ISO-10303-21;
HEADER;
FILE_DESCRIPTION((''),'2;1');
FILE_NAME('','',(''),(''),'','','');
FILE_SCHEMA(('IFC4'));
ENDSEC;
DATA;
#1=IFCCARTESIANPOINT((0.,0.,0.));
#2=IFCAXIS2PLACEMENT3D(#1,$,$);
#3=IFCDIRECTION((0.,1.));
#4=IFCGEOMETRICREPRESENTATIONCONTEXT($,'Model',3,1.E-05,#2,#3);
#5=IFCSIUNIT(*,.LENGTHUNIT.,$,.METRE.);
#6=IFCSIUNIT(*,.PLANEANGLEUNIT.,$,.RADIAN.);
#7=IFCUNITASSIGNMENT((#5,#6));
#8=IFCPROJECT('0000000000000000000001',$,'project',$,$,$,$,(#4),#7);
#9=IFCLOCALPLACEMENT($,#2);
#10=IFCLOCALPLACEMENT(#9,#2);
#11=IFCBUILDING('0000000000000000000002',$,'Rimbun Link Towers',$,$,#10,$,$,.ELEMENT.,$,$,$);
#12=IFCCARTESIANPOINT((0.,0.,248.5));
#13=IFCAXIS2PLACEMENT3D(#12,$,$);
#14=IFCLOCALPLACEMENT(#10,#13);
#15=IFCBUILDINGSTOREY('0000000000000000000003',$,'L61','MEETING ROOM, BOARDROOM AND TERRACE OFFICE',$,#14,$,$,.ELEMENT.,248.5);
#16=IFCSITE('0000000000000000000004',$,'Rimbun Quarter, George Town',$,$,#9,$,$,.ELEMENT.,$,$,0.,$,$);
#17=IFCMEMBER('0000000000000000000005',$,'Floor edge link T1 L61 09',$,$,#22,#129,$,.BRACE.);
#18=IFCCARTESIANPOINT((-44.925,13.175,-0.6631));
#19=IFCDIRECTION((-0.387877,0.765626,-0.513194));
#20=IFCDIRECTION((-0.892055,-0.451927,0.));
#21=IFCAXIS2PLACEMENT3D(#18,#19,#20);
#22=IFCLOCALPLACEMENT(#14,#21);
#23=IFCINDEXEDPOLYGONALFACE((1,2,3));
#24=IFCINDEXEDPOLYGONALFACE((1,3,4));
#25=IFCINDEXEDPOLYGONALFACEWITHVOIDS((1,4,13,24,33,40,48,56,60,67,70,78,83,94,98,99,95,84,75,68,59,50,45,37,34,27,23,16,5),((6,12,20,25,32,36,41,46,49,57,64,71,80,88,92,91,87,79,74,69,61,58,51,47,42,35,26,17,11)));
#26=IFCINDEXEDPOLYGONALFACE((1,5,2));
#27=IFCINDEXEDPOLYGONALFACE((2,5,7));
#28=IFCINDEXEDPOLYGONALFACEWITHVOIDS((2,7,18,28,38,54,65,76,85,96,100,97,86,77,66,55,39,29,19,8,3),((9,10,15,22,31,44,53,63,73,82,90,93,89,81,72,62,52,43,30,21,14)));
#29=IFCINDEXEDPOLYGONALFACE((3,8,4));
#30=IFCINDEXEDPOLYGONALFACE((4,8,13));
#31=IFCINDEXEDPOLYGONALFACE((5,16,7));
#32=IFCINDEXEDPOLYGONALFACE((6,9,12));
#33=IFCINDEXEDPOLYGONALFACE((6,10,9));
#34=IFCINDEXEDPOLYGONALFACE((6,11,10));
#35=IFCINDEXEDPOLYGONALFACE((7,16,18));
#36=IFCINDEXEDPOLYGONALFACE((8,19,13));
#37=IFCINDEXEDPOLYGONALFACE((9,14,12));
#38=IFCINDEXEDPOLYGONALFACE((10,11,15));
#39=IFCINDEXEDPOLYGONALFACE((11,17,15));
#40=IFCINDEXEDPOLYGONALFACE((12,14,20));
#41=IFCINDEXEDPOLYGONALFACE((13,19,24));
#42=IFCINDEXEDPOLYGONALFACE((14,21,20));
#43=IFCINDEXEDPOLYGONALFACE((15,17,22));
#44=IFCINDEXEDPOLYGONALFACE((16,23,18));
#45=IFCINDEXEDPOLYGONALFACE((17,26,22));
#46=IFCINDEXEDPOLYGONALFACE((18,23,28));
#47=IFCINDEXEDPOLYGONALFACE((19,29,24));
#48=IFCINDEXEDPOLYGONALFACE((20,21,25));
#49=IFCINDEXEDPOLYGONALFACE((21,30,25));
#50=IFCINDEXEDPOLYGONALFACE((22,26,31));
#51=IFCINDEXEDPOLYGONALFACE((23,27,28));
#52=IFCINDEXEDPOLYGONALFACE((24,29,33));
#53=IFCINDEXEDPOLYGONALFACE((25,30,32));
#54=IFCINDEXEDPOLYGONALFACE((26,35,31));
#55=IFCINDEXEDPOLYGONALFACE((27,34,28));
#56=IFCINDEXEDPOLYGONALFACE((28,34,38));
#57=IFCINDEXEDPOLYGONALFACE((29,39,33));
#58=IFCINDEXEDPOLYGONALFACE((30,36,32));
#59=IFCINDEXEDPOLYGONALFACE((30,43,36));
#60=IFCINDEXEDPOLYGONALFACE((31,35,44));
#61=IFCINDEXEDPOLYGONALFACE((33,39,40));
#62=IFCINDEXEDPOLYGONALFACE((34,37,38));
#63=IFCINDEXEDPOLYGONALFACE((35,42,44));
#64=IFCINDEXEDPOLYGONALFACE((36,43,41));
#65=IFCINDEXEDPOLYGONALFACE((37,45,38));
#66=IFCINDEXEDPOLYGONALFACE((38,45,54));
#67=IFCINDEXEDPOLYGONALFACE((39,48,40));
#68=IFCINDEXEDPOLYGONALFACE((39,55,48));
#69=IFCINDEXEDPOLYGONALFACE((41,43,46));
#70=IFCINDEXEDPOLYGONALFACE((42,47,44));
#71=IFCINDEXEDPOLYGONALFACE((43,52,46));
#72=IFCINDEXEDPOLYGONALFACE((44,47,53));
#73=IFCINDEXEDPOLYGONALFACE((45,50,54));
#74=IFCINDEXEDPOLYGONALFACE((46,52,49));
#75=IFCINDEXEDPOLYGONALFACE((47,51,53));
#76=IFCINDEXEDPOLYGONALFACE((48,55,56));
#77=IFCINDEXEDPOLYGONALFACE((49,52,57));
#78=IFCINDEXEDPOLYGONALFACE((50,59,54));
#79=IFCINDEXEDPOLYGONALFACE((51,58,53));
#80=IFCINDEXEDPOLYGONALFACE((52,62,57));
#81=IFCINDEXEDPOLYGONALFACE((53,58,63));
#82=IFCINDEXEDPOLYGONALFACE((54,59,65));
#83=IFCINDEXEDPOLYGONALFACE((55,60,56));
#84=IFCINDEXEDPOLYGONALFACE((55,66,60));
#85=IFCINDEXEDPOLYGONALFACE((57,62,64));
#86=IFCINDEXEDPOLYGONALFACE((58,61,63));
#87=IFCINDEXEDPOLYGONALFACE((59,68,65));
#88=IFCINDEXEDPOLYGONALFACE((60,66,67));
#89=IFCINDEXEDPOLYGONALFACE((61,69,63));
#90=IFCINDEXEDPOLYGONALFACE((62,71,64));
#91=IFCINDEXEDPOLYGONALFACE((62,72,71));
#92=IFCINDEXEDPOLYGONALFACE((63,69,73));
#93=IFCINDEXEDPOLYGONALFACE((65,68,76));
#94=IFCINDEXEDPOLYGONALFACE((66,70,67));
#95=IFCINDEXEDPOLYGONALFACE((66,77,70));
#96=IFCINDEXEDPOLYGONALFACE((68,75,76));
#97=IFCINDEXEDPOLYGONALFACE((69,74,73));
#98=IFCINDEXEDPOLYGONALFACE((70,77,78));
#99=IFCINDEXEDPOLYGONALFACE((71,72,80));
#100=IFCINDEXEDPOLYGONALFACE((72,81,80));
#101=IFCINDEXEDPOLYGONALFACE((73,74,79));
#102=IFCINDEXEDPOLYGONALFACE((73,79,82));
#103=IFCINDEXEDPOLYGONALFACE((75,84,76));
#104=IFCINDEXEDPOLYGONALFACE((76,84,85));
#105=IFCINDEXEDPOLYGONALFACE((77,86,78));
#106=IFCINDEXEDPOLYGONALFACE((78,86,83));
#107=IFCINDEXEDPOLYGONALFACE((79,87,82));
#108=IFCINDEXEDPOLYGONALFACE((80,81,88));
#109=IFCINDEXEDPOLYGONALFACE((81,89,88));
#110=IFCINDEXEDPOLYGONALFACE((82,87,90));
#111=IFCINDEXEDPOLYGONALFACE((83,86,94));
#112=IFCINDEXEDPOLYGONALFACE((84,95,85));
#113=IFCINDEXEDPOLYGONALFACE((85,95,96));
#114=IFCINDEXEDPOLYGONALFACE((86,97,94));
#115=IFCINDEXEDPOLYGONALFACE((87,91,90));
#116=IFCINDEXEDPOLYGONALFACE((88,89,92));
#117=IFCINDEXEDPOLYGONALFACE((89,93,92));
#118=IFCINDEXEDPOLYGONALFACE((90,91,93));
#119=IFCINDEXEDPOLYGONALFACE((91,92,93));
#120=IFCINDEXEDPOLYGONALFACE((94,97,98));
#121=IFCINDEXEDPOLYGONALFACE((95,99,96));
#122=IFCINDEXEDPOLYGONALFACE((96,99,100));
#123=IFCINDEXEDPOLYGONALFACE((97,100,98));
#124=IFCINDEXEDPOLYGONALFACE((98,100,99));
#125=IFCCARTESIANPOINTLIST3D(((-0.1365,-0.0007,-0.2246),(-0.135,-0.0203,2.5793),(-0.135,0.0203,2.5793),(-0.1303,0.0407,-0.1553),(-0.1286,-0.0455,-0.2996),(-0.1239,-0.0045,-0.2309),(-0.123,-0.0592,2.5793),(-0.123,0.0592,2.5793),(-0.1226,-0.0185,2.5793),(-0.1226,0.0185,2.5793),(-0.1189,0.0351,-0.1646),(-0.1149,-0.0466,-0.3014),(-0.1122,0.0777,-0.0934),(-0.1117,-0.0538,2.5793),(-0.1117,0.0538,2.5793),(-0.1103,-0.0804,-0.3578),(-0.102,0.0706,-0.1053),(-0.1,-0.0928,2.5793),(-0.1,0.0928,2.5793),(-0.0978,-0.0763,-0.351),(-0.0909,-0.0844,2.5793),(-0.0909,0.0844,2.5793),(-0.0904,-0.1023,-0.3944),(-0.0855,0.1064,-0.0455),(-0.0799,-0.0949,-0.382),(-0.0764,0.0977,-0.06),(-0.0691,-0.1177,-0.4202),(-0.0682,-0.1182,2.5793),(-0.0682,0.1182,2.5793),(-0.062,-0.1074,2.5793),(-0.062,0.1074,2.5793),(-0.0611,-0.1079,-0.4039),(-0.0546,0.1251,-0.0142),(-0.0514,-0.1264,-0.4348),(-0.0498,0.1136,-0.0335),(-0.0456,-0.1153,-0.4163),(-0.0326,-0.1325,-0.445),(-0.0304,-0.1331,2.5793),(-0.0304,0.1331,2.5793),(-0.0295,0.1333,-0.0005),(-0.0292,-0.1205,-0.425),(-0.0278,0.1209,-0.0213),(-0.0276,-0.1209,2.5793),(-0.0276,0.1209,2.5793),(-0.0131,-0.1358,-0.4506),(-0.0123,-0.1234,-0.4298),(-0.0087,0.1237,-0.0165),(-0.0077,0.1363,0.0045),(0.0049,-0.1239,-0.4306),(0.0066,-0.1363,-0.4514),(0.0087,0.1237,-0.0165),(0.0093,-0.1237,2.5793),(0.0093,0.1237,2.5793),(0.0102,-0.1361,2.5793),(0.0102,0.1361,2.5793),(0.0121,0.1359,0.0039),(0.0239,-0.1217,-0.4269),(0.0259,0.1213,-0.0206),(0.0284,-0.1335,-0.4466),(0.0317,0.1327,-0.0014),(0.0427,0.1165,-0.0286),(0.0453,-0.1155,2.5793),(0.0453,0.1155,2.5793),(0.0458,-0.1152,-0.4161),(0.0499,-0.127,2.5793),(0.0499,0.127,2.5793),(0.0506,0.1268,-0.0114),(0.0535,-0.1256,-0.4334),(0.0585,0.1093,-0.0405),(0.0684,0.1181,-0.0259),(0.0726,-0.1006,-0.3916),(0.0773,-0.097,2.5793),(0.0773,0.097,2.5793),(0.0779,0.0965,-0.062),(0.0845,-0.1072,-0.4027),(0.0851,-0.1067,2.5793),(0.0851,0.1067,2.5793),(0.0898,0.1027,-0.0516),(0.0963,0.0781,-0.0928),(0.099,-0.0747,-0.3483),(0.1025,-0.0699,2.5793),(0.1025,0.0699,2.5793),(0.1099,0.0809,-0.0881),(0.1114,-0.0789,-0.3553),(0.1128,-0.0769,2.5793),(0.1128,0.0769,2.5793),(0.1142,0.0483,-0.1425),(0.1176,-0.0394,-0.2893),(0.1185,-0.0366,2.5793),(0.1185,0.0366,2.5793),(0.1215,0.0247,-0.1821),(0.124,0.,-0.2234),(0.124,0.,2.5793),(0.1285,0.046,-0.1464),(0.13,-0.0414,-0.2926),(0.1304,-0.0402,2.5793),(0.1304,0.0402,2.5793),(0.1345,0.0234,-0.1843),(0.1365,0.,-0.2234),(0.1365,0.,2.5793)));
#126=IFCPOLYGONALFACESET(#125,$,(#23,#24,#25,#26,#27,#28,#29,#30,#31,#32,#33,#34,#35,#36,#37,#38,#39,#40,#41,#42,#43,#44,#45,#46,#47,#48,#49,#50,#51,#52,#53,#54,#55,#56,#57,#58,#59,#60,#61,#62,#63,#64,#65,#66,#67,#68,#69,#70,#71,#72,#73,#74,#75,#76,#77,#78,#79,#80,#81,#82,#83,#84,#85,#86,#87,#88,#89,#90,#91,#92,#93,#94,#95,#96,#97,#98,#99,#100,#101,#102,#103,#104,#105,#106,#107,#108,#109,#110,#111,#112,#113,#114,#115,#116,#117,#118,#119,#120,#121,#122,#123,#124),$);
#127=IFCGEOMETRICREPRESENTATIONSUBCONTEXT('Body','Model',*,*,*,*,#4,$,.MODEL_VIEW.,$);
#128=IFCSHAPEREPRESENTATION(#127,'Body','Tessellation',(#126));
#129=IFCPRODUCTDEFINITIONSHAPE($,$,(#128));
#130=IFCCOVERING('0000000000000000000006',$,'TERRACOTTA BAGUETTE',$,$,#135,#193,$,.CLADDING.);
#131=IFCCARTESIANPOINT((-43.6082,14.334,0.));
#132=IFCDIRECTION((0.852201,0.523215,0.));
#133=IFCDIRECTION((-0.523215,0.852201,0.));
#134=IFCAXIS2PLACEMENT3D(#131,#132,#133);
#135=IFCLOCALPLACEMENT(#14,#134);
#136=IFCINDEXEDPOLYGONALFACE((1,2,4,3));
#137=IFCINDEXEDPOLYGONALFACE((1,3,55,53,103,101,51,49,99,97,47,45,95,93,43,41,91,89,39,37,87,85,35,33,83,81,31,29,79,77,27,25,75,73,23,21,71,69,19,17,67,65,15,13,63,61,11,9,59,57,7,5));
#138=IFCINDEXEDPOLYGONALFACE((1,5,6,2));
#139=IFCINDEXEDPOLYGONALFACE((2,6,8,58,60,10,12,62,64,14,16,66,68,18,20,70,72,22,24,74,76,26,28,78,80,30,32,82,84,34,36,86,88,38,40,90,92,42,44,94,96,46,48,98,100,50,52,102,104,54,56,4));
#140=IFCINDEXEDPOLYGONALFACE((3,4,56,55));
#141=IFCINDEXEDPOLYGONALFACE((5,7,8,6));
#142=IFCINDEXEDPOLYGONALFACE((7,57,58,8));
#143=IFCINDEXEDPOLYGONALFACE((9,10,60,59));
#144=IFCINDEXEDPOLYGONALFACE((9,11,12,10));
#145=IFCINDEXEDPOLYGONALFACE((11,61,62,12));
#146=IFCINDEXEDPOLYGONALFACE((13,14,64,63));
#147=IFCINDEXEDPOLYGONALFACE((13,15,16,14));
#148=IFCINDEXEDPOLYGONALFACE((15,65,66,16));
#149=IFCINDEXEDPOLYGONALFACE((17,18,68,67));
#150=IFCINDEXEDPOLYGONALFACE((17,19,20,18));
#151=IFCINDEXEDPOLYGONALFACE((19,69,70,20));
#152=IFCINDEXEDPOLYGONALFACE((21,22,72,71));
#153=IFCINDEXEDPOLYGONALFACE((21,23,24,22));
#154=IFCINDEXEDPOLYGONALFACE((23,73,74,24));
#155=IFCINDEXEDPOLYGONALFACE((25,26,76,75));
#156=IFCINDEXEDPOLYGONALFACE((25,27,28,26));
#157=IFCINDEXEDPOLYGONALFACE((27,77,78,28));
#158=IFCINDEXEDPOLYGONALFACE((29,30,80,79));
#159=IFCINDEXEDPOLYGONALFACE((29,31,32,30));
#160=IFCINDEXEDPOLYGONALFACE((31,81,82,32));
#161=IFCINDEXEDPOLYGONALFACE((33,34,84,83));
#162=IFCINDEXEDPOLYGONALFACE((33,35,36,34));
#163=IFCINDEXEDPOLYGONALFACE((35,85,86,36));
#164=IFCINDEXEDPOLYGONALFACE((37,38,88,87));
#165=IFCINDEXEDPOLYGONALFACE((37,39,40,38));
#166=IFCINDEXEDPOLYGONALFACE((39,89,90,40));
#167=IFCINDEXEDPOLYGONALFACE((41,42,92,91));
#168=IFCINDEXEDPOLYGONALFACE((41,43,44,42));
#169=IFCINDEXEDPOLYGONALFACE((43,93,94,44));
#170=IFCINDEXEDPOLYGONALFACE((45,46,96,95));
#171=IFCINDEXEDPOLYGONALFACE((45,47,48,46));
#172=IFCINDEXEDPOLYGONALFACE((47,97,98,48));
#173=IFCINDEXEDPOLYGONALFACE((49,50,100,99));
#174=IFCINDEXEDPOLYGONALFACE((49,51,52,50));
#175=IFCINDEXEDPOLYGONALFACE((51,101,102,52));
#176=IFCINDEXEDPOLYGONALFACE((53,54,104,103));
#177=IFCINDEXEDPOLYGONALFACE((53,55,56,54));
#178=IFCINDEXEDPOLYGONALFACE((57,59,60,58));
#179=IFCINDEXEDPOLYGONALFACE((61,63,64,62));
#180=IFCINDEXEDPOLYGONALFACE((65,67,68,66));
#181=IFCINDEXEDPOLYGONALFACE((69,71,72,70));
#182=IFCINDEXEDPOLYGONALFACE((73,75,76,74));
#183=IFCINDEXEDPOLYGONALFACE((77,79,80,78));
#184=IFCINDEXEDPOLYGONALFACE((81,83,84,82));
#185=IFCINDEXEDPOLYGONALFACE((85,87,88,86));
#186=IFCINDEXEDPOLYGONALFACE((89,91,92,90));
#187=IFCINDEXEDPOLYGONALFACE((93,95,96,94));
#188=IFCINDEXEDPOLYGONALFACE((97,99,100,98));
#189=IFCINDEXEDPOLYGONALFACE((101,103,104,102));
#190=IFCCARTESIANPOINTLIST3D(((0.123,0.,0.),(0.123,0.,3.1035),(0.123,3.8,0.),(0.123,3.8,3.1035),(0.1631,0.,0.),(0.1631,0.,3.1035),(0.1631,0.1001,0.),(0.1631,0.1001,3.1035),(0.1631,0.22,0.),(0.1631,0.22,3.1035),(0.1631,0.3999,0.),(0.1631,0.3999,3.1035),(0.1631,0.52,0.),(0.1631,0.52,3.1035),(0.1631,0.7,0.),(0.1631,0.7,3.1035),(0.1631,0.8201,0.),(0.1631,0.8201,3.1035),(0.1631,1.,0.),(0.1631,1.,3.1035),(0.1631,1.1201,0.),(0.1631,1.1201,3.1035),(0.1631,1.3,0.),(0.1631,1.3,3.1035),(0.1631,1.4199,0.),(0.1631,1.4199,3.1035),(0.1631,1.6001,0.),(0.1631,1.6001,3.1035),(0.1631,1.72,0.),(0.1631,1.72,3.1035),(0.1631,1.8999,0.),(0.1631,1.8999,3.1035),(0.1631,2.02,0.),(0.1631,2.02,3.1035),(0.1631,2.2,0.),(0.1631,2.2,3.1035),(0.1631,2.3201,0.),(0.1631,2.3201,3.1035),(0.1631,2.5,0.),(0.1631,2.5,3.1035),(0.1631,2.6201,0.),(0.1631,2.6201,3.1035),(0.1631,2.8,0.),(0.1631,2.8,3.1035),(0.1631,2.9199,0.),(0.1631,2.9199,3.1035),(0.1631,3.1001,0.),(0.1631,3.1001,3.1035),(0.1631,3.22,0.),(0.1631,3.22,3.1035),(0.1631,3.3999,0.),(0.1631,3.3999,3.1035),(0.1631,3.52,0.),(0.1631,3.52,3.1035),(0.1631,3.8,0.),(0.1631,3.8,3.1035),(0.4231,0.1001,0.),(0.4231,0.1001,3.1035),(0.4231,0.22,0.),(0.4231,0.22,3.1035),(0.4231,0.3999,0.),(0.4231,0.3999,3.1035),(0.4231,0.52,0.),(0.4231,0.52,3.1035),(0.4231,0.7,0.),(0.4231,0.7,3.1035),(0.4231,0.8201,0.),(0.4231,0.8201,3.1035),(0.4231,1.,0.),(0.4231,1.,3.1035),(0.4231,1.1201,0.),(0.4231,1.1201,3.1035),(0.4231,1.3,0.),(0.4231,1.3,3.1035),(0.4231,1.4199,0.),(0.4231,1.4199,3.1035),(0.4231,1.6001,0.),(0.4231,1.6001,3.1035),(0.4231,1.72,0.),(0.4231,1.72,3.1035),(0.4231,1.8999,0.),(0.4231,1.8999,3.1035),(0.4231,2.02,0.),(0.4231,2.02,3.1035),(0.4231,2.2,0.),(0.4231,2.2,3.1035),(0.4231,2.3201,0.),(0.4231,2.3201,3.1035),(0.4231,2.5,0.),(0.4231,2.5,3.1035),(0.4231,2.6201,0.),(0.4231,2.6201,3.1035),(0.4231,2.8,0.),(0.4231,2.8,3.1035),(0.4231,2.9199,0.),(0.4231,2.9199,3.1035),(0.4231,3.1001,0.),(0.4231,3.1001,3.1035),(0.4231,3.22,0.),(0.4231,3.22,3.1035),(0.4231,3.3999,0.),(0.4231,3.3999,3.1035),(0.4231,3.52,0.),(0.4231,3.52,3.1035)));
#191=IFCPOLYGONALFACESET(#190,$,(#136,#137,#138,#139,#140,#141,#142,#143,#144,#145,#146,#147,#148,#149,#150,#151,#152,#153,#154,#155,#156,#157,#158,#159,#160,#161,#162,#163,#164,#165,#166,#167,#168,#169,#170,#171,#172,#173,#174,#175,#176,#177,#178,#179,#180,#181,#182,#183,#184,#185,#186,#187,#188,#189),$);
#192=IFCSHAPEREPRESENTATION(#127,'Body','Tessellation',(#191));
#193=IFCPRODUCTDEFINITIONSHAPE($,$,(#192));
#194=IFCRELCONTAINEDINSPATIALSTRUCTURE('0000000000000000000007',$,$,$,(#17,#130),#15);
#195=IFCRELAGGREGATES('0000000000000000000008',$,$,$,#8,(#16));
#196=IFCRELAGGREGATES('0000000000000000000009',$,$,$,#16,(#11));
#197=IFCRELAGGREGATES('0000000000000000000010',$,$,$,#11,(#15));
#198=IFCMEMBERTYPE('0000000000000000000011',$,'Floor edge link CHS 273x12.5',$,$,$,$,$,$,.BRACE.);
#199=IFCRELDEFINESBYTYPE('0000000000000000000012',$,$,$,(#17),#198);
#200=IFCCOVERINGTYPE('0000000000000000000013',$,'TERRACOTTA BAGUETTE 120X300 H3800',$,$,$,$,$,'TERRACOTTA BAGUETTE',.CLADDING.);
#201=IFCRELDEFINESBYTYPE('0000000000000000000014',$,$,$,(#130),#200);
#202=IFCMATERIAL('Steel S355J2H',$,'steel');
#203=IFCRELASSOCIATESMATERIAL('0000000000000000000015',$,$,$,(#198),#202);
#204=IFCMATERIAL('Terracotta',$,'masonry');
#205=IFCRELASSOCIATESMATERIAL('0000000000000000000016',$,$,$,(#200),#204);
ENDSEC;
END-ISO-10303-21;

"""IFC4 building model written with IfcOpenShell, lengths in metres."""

from ifc_helpers import new_model, si_unit, direction, frame, origin, origin_2d, place, context, subcontext, project, spatial, polyline, hollow_circle, outline, extrude, clip, halfspace, material, material_profile, profile_set, type_object, element, save


model = new_model("IFC4")

# Units and contexts
model_context = context("Model", 3, precision=1e-05, world=origin(), true_north=direction((0.0, 1.0)))
body_context = subcontext(model_context, "Body", "Model", "MODEL_VIEW")
ifc_project = project(units=[si_unit("LENGTHUNIT", "METRE"), si_unit("PLANEANGLEUNIT", "RADIAN")], contexts=[model_context])

# Site, building, storey
site_placement = place(None, origin())
site = spatial("IfcSite", under=ifc_project, at=site_placement, Name="Rimbun Quarter, George Town", CompositionType="ELEMENT", RefElevation=0.0)
building_placement = place(site_placement, origin())
building = spatial("IfcBuilding", under=site, at=building_placement, Name="Rimbun Link Towers", CompositionType="ELEMENT")
storey_placement = place(building_placement, frame((0.0, 0.0, 248.5)))
storey = spatial("IfcBuildingStorey", under=building, at=storey_placement, Name="L61", Description="MEETING ROOM, BOARDROOM AND TERRACE OFFICE", CompositionType="ELEMENT", Elevation=248.5)

# Member
ifc_material_1 = material(Name="Steel S355J2H", Category="steel")
ifc_material_profile_1 = material_profile(ifc_material_1, hollow_circle(Radius=0.1365, WallThickness=0.0125, at=origin_2d()), Name="CHS 273x12.5")
ifc_profile_set_1 = profile_set([ifc_material_profile_1], Name="Steel S355J2H")
member_type_1 = type_object("IfcMemberType", Name="Floor edge link CHS 273x12.5", PredefinedType="BRACE", material=ifc_profile_set_1)
member_1_placement = place(storey_placement, frame((-44.925, 13.175, -0.6631), z_axis=(-0.387877, 0.765626, -0.513194), x_axis=(-0.892055, -0.451927, 0.0)))
element("IfcMember", 1, at=member_1_placement, inside=storey, type_object=member_type_1, Name="Floor edge link T1 L61 09", PredefinedType="BRACE", context=body_context, shape_type="Clipping", body=[
    clip(extrude(hollow_circle(Radius=0.1365, WallThickness=0.0125, at=origin_2d()), frame((0.0, 0.0, -0.4761)), (0.0, 0.0, 1.0), 3.0554), halfspace(frame((0.0, 0.0, -0.2234), z_axis=(0.0, 0.858273, -0.513194)), False)),
])

# Covering
ifc_material_2 = material(Name="Terracotta", Category="masonry")
ifc_material_profile_2 = material_profile(ifc_material_2, outline(polyline([(0.123, 0.0), (0.1631, 0.0), (0.1631, 0.1001), (0.4231, 0.1001), (0.4231, 0.22), (0.1631, 0.22), (0.1631, 0.3999), (0.4231, 0.3999), (0.4231, 0.52), (0.1631, 0.52), (0.1631, 0.7), (0.4231, 0.7), (0.4231, 0.8201), (0.1631, 0.8201), (0.1631, 1.0), (0.4231, 1.0), (0.4231, 1.1201), (0.1631, 1.1201), (0.1631, 1.3), (0.4231, 1.3), (0.4231, 1.4199), (0.1631, 1.4199), (0.1631, 1.6001), (0.4231, 1.6001), (0.4231, 1.72), (0.1631, 1.72), (0.1631, 1.8999), (0.4231, 1.8999), (0.4231, 2.02), (0.1631, 2.02), (0.1631, 2.2), (0.4231, 2.2), (0.4231, 2.3201), (0.1631, 2.3201), (0.1631, 2.5), (0.4231, 2.5), (0.4231, 2.6201), (0.1631, 2.6201), (0.1631, 2.8), (0.4231, 2.8), (0.4231, 2.9199), (0.1631, 2.9199), (0.1631, 3.1001), (0.4231, 3.1001), (0.4231, 3.22), (0.1631, 3.22), (0.1631, 3.3999), (0.4231, 3.3999), (0.4231, 3.52), (0.1631, 3.52), (0.1631, 3.8), (0.123, 3.8), (0.123, 0.0)])), Name="BAGUETTE 120X300")
ifc_profile_set_2 = profile_set([ifc_material_profile_2], Name="Terracotta")
covering_type = type_object("IfcCoveringType", Name="TERRACOTTA BAGUETTE 120X300 H3800", ElementType="TERRACOTTA BAGUETTE", PredefinedType="CLADDING", material=ifc_profile_set_2)
covering_1_placement = place(storey_placement, frame((-43.6082, 14.334, 0.0), z_axis=(0.852201, 0.523215, 0.0), x_axis=(-0.523215, 0.852201, 0.0)))
element("IfcCovering", 2, at=covering_1_placement, inside=storey, type_object=covering_type, Name="TERRACOTTA BAGUETTE", PredefinedType="CLADDING", context=body_context, shape_type="SweptSolid", body=[
    extrude(outline(polyline([(0.123, 0.0), (0.1631, 0.0), (0.1631, 0.1001), (0.4231, 0.1001), (0.4231, 0.22), (0.1631, 0.22), (0.1631, 0.3999), (0.4231, 0.3999), (0.4231, 0.52), (0.1631, 0.52), (0.1631, 0.7), (0.4231, 0.7), (0.4231, 0.8201), (0.1631, 0.8201), (0.1631, 1.0), (0.4231, 1.0), (0.4231, 1.1201), (0.1631, 1.1201), (0.1631, 1.3), (0.4231, 1.3), (0.4231, 1.4199), (0.1631, 1.4199), (0.1631, 1.6001), (0.4231, 1.6001), (0.4231, 1.72), (0.1631, 1.72), (0.1631, 1.8999), (0.4231, 1.8999), (0.4231, 2.02), (0.1631, 2.02), (0.1631, 2.2), (0.4231, 2.2), (0.4231, 2.3201), (0.1631, 2.3201), (0.1631, 2.5), (0.4231, 2.5), (0.4231, 2.6201), (0.1631, 2.6201), (0.1631, 2.8), (0.4231, 2.8), (0.4231, 2.9199), (0.1631, 2.9199), (0.1631, 3.1001), (0.4231, 3.1001), (0.4231, 3.22), (0.1631, 3.22), (0.1631, 3.3999), (0.4231, 3.3999), (0.4231, 3.52), (0.1631, 3.52), (0.1631, 3.8), (0.123, 3.8), (0.123, 0.0)])), origin(), (0.0, 0.0, 1.0), 3.1035),
])

save(model, "model.ifc")
